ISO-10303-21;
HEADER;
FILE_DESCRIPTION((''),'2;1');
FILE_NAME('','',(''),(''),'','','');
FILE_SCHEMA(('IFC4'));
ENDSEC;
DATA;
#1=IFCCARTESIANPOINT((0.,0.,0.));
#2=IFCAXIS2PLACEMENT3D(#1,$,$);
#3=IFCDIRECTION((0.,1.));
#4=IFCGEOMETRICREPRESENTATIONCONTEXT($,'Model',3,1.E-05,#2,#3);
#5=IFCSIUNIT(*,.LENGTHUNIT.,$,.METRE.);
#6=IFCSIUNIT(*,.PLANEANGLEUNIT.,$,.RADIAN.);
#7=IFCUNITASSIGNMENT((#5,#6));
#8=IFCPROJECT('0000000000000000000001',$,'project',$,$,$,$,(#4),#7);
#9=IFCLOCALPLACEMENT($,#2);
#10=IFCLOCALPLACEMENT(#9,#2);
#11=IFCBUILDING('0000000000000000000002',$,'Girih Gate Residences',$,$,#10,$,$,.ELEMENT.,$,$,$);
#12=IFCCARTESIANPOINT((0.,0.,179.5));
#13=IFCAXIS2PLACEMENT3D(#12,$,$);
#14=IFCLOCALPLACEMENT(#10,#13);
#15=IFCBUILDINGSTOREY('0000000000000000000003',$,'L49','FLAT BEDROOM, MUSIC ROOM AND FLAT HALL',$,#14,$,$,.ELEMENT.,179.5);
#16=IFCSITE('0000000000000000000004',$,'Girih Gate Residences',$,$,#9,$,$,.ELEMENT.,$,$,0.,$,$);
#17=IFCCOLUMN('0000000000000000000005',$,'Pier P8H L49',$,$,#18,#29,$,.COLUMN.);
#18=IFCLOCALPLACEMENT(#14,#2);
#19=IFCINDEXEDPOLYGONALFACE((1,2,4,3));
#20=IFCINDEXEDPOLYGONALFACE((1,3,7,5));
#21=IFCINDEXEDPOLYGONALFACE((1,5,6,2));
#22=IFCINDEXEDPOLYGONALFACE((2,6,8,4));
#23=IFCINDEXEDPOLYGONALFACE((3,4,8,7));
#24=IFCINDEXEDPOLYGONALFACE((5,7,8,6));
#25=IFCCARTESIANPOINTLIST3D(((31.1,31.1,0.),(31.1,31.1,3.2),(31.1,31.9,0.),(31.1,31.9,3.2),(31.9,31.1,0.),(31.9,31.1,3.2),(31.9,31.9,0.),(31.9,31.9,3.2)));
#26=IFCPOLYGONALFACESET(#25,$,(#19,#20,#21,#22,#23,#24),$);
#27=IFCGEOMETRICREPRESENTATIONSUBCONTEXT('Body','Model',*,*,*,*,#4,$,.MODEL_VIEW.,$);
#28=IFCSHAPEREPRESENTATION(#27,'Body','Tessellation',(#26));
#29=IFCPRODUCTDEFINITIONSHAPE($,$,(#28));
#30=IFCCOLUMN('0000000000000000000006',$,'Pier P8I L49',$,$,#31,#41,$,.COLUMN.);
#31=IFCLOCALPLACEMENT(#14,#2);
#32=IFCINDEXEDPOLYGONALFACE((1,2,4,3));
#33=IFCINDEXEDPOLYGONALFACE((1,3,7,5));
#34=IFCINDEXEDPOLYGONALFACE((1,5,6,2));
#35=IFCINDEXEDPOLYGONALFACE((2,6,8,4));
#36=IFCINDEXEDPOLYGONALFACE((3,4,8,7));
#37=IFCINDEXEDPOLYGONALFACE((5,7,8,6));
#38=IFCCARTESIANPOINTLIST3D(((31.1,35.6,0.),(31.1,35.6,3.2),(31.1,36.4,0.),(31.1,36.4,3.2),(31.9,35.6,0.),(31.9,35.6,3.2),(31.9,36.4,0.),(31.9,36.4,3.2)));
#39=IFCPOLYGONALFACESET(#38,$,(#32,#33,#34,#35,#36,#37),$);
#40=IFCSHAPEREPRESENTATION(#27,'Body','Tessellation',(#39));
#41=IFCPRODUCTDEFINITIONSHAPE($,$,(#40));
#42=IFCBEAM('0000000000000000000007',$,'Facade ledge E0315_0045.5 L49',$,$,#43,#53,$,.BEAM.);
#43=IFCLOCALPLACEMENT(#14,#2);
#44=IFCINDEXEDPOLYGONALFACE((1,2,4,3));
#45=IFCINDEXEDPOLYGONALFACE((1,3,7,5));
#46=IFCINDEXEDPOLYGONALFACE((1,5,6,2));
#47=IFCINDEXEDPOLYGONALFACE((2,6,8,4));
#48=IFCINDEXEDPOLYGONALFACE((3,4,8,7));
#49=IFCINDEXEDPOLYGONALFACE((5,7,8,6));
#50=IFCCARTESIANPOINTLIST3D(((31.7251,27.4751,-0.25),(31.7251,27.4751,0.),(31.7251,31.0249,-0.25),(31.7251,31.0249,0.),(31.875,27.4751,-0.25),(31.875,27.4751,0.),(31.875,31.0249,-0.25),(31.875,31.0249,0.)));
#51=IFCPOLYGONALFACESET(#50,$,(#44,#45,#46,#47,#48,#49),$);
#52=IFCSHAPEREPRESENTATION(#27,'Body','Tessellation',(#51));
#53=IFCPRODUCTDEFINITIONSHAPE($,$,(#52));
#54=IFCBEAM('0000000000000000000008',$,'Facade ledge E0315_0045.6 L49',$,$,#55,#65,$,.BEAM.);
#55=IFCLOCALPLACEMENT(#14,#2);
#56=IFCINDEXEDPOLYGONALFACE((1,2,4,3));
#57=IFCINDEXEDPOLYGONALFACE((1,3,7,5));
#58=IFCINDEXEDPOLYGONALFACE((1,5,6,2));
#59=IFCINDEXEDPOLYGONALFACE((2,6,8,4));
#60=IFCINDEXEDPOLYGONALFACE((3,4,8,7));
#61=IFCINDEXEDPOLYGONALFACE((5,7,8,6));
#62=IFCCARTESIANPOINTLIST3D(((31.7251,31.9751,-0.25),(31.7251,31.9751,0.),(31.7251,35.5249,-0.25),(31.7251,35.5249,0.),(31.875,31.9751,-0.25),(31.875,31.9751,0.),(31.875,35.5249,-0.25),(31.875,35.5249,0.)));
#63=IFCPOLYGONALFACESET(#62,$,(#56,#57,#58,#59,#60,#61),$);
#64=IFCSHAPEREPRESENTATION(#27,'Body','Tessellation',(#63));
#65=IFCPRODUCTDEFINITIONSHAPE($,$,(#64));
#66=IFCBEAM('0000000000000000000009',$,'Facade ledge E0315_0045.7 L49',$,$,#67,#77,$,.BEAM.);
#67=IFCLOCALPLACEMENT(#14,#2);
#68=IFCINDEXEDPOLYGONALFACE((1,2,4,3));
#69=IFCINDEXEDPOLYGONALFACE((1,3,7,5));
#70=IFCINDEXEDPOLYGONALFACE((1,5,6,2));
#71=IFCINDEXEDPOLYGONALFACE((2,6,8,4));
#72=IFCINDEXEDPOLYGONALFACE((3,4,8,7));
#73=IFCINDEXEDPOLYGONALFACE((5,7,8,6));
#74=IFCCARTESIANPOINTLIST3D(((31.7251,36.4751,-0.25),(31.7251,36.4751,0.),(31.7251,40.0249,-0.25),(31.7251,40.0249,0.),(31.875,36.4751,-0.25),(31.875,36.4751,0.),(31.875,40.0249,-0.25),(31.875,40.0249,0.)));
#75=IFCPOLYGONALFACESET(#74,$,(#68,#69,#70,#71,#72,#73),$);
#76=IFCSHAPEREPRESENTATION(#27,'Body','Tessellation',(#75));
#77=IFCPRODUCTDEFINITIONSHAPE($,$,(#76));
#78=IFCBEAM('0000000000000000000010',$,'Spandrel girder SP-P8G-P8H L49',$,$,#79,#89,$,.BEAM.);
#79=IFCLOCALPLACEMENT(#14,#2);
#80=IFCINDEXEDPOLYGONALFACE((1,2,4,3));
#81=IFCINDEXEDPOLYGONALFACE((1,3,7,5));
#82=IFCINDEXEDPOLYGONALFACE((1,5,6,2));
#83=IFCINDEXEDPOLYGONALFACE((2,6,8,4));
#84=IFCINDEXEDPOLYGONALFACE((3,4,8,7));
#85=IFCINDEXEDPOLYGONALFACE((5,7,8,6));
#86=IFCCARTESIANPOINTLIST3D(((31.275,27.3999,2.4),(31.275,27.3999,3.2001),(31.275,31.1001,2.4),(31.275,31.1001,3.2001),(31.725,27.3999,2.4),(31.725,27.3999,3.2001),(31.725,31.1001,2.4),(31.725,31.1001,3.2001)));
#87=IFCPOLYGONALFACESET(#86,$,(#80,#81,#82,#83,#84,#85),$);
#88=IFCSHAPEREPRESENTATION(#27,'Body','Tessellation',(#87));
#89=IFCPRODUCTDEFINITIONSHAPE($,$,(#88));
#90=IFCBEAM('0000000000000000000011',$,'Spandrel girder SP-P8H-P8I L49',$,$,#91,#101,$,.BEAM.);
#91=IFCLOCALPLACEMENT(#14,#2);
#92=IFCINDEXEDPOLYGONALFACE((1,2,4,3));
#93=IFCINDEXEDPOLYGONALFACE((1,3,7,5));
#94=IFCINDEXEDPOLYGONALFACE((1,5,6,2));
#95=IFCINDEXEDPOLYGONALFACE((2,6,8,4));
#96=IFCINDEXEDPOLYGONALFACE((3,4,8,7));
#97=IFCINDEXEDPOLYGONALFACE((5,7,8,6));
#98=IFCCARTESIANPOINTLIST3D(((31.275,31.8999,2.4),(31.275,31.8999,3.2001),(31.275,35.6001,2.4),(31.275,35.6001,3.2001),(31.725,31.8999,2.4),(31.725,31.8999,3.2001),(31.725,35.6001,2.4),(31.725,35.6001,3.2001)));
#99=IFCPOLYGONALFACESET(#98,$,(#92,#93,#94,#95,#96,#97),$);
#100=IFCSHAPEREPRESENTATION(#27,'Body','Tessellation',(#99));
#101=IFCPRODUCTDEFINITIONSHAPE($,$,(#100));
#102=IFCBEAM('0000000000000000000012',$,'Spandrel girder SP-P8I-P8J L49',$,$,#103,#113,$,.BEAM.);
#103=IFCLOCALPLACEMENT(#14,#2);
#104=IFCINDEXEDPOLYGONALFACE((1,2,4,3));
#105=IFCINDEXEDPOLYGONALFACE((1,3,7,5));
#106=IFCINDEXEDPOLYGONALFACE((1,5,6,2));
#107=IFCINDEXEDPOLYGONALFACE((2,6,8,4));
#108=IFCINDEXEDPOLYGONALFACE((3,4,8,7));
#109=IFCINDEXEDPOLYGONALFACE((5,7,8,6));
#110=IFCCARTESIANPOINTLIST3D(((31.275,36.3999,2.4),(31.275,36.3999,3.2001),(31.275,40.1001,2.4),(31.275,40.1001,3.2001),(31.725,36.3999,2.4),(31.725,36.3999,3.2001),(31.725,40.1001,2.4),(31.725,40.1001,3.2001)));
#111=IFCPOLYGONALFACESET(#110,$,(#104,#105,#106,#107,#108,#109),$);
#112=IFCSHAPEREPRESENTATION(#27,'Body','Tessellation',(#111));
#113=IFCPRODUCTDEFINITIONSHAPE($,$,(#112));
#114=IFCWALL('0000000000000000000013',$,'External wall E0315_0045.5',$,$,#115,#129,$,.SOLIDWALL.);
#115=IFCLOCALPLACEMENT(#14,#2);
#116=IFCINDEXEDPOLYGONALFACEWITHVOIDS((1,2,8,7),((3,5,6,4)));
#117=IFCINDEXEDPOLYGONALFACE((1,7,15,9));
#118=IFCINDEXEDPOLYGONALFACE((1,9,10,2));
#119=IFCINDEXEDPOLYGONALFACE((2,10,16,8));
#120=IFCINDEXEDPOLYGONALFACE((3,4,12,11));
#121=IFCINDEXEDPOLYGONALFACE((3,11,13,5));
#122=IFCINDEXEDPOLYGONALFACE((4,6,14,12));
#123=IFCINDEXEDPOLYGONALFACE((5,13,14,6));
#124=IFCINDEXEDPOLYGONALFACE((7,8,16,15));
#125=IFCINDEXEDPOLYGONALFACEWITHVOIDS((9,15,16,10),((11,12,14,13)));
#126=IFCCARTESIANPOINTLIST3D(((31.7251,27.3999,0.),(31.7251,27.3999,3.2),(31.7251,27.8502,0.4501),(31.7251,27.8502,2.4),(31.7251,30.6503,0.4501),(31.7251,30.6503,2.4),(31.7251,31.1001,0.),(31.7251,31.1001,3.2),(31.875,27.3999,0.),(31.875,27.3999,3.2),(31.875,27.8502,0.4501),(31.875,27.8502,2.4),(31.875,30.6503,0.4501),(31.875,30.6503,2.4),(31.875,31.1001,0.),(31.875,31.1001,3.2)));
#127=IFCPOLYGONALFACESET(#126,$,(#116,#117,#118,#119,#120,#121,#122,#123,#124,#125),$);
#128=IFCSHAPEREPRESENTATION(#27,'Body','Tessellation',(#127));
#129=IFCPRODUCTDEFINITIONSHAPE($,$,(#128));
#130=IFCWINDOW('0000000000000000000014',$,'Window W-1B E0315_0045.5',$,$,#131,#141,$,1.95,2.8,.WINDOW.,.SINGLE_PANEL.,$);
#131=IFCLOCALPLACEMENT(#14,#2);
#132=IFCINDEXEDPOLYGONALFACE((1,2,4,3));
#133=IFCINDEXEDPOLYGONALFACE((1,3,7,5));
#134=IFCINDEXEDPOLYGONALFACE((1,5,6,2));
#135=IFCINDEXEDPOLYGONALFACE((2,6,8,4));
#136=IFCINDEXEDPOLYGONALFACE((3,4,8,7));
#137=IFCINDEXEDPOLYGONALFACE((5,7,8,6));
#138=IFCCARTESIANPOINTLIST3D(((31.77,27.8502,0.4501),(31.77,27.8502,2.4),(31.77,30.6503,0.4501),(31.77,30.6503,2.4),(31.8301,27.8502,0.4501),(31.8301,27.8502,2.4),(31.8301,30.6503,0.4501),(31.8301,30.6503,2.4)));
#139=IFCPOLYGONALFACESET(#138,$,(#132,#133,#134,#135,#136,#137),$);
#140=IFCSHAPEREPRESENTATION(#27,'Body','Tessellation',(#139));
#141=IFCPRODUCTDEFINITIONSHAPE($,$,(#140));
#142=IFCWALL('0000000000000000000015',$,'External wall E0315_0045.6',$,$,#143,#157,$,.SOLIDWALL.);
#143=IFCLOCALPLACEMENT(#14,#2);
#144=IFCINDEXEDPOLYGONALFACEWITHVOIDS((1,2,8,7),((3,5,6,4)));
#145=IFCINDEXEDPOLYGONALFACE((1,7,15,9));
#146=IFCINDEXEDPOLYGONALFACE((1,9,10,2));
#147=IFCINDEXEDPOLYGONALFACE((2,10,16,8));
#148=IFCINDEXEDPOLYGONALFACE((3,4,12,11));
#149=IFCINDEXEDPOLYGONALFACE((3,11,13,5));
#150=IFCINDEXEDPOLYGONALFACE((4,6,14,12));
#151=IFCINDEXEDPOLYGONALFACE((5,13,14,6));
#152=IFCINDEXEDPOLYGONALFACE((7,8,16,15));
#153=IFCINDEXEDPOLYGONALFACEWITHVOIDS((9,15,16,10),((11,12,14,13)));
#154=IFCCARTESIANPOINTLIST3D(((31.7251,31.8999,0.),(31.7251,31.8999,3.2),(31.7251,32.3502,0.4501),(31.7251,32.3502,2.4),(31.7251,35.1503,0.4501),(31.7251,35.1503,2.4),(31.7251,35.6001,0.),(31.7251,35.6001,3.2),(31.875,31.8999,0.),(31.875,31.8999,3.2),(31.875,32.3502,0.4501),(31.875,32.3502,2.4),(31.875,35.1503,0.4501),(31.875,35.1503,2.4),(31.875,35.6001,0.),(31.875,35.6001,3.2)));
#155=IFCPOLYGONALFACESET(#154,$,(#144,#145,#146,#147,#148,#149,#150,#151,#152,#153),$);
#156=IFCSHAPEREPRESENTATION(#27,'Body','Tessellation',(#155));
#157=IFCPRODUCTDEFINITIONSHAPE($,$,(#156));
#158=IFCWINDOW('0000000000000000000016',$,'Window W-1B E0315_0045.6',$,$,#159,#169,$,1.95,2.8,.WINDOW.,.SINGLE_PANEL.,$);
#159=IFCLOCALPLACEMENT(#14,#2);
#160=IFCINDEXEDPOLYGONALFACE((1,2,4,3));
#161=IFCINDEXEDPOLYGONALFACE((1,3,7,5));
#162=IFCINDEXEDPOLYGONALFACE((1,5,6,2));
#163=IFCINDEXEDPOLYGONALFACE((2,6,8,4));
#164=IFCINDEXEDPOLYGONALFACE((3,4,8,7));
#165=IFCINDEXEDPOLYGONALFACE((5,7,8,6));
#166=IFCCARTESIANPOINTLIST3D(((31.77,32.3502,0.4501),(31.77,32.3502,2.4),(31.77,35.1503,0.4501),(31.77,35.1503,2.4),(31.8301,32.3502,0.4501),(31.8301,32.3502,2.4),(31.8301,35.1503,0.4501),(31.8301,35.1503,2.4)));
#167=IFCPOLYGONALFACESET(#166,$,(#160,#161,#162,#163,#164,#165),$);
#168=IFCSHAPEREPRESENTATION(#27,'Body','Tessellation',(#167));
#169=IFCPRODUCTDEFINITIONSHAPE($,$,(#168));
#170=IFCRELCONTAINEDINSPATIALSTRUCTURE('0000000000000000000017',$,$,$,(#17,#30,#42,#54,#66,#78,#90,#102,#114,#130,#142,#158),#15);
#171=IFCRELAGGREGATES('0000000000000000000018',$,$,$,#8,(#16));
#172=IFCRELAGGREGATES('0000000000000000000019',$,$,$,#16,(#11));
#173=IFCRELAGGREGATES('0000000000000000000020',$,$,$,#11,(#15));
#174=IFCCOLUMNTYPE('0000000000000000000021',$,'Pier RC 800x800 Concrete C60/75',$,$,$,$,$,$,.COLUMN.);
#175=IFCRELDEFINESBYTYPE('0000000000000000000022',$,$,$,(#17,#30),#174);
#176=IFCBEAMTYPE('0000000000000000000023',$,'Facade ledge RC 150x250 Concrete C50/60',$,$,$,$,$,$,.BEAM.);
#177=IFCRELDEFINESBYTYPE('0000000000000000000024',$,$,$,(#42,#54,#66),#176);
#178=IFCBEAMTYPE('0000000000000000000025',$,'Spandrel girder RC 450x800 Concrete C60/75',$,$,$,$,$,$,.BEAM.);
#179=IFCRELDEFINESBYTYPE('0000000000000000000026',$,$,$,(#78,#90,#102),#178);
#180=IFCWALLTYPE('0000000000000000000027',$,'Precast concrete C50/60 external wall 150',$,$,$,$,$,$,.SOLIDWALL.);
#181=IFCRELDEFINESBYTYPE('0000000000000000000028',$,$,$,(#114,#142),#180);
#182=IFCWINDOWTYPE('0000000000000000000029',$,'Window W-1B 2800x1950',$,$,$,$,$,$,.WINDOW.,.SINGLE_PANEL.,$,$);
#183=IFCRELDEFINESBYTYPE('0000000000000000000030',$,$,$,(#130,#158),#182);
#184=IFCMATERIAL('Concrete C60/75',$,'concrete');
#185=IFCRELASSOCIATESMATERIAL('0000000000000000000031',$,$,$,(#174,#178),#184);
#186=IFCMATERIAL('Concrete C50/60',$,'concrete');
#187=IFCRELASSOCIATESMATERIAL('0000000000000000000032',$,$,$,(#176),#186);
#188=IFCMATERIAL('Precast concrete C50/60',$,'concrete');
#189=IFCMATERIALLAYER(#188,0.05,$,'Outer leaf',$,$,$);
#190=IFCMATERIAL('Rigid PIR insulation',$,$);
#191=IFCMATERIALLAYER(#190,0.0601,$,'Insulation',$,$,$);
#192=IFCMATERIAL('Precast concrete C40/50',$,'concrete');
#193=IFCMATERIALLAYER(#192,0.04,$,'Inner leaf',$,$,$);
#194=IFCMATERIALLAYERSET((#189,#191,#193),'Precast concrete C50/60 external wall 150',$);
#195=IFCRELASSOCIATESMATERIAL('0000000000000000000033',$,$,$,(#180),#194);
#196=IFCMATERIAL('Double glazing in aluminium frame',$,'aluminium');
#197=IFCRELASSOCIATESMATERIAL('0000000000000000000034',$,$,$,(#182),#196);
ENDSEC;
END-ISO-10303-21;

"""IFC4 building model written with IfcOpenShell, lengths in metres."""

from ifc_helpers import new_model, si_unit, direction, frame, frame_2d, origin, origin_2d, place, context, subcontext, project, spatial, rectangle, extrude, material, layer, layer_set, material_profile, profile_set, type_object, element, fill, save


model = new_model("IFC4")

# Units and contexts
model_context = context("Model", 3, precision=1e-05, world=origin(), true_north=direction((0.0, 1.0)))
body_context = subcontext(model_context, "Body", "Model", "MODEL_VIEW")
ifc_project = project(units=[si_unit("LENGTHUNIT", "METRE"), si_unit("PLANEANGLEUNIT", "RADIAN")], contexts=[model_context])

# Site, building, storey
site_placement = place(None, origin())
site = spatial("IfcSite", under=ifc_project, at=site_placement, Name="Girih Gate Residences", CompositionType="ELEMENT", RefElevation=0.0)
building_placement = place(site_placement, origin())
building = spatial("IfcBuilding", under=site, at=building_placement, Name="Girih Gate Residences", CompositionType="ELEMENT")
storey_placement = place(building_placement, frame((0.0, 0.0, 179.5)))
storey = spatial("IfcBuildingStorey", under=building, at=storey_placement, Name="L49", Description="FLAT BEDROOM, MUSIC ROOM AND FLAT HALL", CompositionType="ELEMENT", Elevation=179.5)

# Columns
ifc_material_1 = material(Name="Concrete C60/75", Category="concrete")
ifc_material_profile_1 = material_profile(ifc_material_1, rectangle(XDim=0.8, YDim=0.8, at=origin_2d()))
ifc_profile_set_1 = profile_set([ifc_material_profile_1], Name="Concrete C60/75")
column_type = type_object("IfcColumnType", Name="Pier RC 800x800 Concrete C60/75", PredefinedType="COLUMN", material=ifc_profile_set_1)
for number, where, z_axis, x_axis, name in (
    (1, (31.5, 31.5, 0.0), (0.0, 0.0, 1.0), (1.0, 0.0, 0.0), "Pier P8H L49"),
    (2, (31.5, 36.0, 0.0), (0.0, 0.0, 1.0), (1.0, 0.0, 0.0), "Pier P8I L49"),
):
    element("IfcColumn", number, at=place(storey_placement, frame(where, z_axis=z_axis, x_axis=x_axis)), inside=storey, type_object=column_type, Name=name, PredefinedType="COLUMN", context=body_context, shape_type="SweptSolid", body=[
        extrude(rectangle(XDim=0.8, YDim=0.8, at=origin_2d()), origin(), (0.0, 0.0, 1.0), 3.2),
    ])

# Beams
ifc_material_2 = material(Name="Concrete C50/60", Category="concrete")
ifc_material_profile_2 = material_profile(ifc_material_2, rectangle(XDim=0.1499, YDim=0.25, at=origin_2d()))
ifc_profile_set_2 = profile_set([ifc_material_profile_2], Name="Concrete C50/60")
beam_type_1 = type_object("IfcBeamType", Name="Facade ledge RC 150x250 Concrete C50/60", PredefinedType="BEAM", material=ifc_profile_set_2)
for number, where, z_axis, x_axis, name in (
    (3, (31.8, 27.4751, -0.125), (0.0, 1.0, 0.0), (-1.0, 0.0, 0.0), "Facade ledge E0315_0045.5 L49"),
    (4, (31.8, 31.9751, -0.125), (0.0, 1.0, 0.0), (-1.0, 0.0, 0.0), "Facade ledge E0315_0045.6 L49"),
    (5, (31.8, 36.4751, -0.125), (0.0, 1.0, 0.0), (-1.0, 0.0, 0.0), "Facade ledge E0315_0045.7 L49"),
):
    element("IfcBeam", number, at=place(storey_placement, frame(where, z_axis=z_axis, x_axis=x_axis)), inside=storey, type_object=beam_type_1, Name=name, PredefinedType="BEAM", context=body_context, shape_type="SweptSolid", body=[
        extrude(rectangle(XDim=0.1499, YDim=0.25, at=origin_2d()), origin(), (0.0, 0.0, 1.0), 3.5498),
    ])
ifc_material_profile_3 = material_profile(ifc_material_1, rectangle(XDim=0.45, YDim=0.8, at=origin_2d()))
ifc_profile_set_3 = profile_set([ifc_material_profile_3], Name="Concrete C60/75")
beam_type_2 = type_object("IfcBeamType", Name="Spandrel girder RC 450x800 Concrete C60/75", PredefinedType="BEAM", material=ifc_profile_set_3)
for number, where, z_axis, x_axis, name in (
    (6, (31.5, 27.3999, 2.8), (0.0, 1.0, 0.0), (-1.0, 0.0, 0.0), "Spandrel girder SP-P8G-P8H L49"),
    (7, (31.5, 31.8999, 2.8), (0.0, 1.0, 0.0), (-1.0, 0.0, 0.0), "Spandrel girder SP-P8H-P8I L49"),
    (8, (31.5, 36.3999, 2.8), (0.0, 1.0, 0.0), (-1.0, 0.0, 0.0), "Spandrel girder SP-P8I-P8J L49"),
):
    element("IfcBeam", number, at=place(storey_placement, frame(where, z_axis=z_axis, x_axis=x_axis)), inside=storey, type_object=beam_type_2, Name=name, PredefinedType="BEAM", context=body_context, shape_type="SweptSolid", body=[
        extrude(rectangle(XDim=0.45, YDim=0.8, at=origin_2d()), origin(), (0.0, 0.0, 1.0), 3.7002),
    ])

# Walls, openings, windows
ifc_material_3 = material(Name="Precast concrete C50/60", Category="concrete")
ifc_layer_1 = layer(ifc_material_3, 0.05, Name="Outer leaf")
ifc_material_4 = material(Name="Rigid PIR insulation")
ifc_layer_2 = layer(ifc_material_4, 0.0601, Name="Insulation")
ifc_material_5 = material(Name="Precast concrete C40/50", Category="concrete")
ifc_layer_3 = layer(ifc_material_5, 0.04, Name="Inner leaf")
ifc_layer_set_1 = layer_set([ifc_layer_1, ifc_layer_2, ifc_layer_3], Name="Precast concrete C50/60 external wall 150")
wall_type_1 = type_object("IfcWallType", Name="Precast concrete C50/60 external wall 150", PredefinedType="SOLIDWALL", material=ifc_layer_set_1)
wall_1_placement = place(storey_placement, frame((31.8, 31.1001, 0.0), z_axis=(0.0, 0.0, 1.0), x_axis=(0.0, -1.0, 0.0)))
wall_1 = element("IfcWall", 9, at=wall_1_placement, inside=storey, type_object=wall_type_1, Name="External wall E0315_0045.5", PredefinedType="SOLIDWALL", context=body_context, shape_type="SweptSolid", body=[
    extrude(rectangle(XDim=3.7002, YDim=0.1499, at=frame_2d((1.8501, 0.0))), origin(), (0.0, 0.0, 1.0), 3.2),
])
opening_1_placement = place(wall_1_placement, frame((0.45, 0.0, 0.45)))
opening_1 = element("IfcOpeningElement", 10, at=opening_1_placement, cuts=wall_1, PredefinedType="OPENING", context=body_context, shape_type="SweptSolid", body=[
    extrude(rectangle(XDim=2.8, YDim=1.95, at=frame_2d((1.3999, 0.9751))), frame((0.0, 0.085, 0.0), z_axis=(0.0, -1.0, 0.0), x_axis=(1.0, 0.0, 0.0)), (0.0, 0.0, 1.0), 0.1699),
])
ifc_material_6 = material(Name="Double glazing in aluminium frame", Category="aluminium")
window_type = type_object("IfcWindowType", Name="Window W-1B 2800x1950", PartitioningType="SINGLE_PANEL", PredefinedType="WINDOW", material=ifc_material_6)
window_1_placement = place(opening_1_placement, origin())
window_1 = element("IfcWindow", 11, at=window_1_placement, inside=storey, type_object=window_type, Name="Window W-1B E0315_0045.5", OverallHeight=1.95, OverallWidth=2.8, PartitioningType="SINGLE_PANEL", PredefinedType="WINDOW", context=body_context, shape_type="SweptSolid", body=[
    extrude(rectangle(XDim=2.8, YDim=1.95, at=frame_2d((1.3999, 0.9751))), frame((0.0, 0.03, 0.0), z_axis=(0.0, -1.0, 0.0), x_axis=(1.0, 0.0, 0.0)), (0.0, 0.0, 1.0), 0.0601),
])
fill(opening_1, window_1)
wall_2_placement = place(storey_placement, frame((31.8, 35.6001, 0.0), z_axis=(0.0, 0.0, 1.0), x_axis=(0.0, -1.0, 0.0)))
wall_2 = element("IfcWall", 12, at=wall_2_placement, inside=storey, type_object=wall_type_1, Name="External wall E0315_0045.6", PredefinedType="SOLIDWALL", context=body_context, shape_type="SweptSolid", body=[
    extrude(rectangle(XDim=3.7002, YDim=0.1499, at=frame_2d((1.8501, 0.0))), origin(), (0.0, 0.0, 1.0), 3.2),
])
opening_2_placement = place(wall_2_placement, frame((0.45, 0.0, 0.45)))
opening_2 = element("IfcOpeningElement", 13, at=opening_2_placement, cuts=wall_2, PredefinedType="OPENING", context=body_context, shape_type="SweptSolid", body=[
    extrude(rectangle(XDim=2.8, YDim=1.95, at=frame_2d((1.3999, 0.9751))), frame((0.0, 0.085, 0.0), z_axis=(0.0, -1.0, 0.0), x_axis=(1.0, 0.0, 0.0)), (0.0, 0.0, 1.0), 0.1699),
])
window_2_placement = place(opening_2_placement, origin())
window_2 = element("IfcWindow", 14, at=window_2_placement, inside=storey, type_object=window_type, Name="Window W-1B E0315_0045.6", OverallHeight=1.95, OverallWidth=2.8, PartitioningType="SINGLE_PANEL", PredefinedType="WINDOW", context=body_context, shape_type="SweptSolid", body=[
    extrude(rectangle(XDim=2.8, YDim=1.95, at=frame_2d((1.3999, 0.9751))), frame((0.0, 0.03, 0.0), z_axis=(0.0, -1.0, 0.0), x_axis=(1.0, 0.0, 0.0)), (0.0, 0.0, 1.0), 0.0601),
])
fill(opening_2, window_2)

save(model, "model.ifc")
